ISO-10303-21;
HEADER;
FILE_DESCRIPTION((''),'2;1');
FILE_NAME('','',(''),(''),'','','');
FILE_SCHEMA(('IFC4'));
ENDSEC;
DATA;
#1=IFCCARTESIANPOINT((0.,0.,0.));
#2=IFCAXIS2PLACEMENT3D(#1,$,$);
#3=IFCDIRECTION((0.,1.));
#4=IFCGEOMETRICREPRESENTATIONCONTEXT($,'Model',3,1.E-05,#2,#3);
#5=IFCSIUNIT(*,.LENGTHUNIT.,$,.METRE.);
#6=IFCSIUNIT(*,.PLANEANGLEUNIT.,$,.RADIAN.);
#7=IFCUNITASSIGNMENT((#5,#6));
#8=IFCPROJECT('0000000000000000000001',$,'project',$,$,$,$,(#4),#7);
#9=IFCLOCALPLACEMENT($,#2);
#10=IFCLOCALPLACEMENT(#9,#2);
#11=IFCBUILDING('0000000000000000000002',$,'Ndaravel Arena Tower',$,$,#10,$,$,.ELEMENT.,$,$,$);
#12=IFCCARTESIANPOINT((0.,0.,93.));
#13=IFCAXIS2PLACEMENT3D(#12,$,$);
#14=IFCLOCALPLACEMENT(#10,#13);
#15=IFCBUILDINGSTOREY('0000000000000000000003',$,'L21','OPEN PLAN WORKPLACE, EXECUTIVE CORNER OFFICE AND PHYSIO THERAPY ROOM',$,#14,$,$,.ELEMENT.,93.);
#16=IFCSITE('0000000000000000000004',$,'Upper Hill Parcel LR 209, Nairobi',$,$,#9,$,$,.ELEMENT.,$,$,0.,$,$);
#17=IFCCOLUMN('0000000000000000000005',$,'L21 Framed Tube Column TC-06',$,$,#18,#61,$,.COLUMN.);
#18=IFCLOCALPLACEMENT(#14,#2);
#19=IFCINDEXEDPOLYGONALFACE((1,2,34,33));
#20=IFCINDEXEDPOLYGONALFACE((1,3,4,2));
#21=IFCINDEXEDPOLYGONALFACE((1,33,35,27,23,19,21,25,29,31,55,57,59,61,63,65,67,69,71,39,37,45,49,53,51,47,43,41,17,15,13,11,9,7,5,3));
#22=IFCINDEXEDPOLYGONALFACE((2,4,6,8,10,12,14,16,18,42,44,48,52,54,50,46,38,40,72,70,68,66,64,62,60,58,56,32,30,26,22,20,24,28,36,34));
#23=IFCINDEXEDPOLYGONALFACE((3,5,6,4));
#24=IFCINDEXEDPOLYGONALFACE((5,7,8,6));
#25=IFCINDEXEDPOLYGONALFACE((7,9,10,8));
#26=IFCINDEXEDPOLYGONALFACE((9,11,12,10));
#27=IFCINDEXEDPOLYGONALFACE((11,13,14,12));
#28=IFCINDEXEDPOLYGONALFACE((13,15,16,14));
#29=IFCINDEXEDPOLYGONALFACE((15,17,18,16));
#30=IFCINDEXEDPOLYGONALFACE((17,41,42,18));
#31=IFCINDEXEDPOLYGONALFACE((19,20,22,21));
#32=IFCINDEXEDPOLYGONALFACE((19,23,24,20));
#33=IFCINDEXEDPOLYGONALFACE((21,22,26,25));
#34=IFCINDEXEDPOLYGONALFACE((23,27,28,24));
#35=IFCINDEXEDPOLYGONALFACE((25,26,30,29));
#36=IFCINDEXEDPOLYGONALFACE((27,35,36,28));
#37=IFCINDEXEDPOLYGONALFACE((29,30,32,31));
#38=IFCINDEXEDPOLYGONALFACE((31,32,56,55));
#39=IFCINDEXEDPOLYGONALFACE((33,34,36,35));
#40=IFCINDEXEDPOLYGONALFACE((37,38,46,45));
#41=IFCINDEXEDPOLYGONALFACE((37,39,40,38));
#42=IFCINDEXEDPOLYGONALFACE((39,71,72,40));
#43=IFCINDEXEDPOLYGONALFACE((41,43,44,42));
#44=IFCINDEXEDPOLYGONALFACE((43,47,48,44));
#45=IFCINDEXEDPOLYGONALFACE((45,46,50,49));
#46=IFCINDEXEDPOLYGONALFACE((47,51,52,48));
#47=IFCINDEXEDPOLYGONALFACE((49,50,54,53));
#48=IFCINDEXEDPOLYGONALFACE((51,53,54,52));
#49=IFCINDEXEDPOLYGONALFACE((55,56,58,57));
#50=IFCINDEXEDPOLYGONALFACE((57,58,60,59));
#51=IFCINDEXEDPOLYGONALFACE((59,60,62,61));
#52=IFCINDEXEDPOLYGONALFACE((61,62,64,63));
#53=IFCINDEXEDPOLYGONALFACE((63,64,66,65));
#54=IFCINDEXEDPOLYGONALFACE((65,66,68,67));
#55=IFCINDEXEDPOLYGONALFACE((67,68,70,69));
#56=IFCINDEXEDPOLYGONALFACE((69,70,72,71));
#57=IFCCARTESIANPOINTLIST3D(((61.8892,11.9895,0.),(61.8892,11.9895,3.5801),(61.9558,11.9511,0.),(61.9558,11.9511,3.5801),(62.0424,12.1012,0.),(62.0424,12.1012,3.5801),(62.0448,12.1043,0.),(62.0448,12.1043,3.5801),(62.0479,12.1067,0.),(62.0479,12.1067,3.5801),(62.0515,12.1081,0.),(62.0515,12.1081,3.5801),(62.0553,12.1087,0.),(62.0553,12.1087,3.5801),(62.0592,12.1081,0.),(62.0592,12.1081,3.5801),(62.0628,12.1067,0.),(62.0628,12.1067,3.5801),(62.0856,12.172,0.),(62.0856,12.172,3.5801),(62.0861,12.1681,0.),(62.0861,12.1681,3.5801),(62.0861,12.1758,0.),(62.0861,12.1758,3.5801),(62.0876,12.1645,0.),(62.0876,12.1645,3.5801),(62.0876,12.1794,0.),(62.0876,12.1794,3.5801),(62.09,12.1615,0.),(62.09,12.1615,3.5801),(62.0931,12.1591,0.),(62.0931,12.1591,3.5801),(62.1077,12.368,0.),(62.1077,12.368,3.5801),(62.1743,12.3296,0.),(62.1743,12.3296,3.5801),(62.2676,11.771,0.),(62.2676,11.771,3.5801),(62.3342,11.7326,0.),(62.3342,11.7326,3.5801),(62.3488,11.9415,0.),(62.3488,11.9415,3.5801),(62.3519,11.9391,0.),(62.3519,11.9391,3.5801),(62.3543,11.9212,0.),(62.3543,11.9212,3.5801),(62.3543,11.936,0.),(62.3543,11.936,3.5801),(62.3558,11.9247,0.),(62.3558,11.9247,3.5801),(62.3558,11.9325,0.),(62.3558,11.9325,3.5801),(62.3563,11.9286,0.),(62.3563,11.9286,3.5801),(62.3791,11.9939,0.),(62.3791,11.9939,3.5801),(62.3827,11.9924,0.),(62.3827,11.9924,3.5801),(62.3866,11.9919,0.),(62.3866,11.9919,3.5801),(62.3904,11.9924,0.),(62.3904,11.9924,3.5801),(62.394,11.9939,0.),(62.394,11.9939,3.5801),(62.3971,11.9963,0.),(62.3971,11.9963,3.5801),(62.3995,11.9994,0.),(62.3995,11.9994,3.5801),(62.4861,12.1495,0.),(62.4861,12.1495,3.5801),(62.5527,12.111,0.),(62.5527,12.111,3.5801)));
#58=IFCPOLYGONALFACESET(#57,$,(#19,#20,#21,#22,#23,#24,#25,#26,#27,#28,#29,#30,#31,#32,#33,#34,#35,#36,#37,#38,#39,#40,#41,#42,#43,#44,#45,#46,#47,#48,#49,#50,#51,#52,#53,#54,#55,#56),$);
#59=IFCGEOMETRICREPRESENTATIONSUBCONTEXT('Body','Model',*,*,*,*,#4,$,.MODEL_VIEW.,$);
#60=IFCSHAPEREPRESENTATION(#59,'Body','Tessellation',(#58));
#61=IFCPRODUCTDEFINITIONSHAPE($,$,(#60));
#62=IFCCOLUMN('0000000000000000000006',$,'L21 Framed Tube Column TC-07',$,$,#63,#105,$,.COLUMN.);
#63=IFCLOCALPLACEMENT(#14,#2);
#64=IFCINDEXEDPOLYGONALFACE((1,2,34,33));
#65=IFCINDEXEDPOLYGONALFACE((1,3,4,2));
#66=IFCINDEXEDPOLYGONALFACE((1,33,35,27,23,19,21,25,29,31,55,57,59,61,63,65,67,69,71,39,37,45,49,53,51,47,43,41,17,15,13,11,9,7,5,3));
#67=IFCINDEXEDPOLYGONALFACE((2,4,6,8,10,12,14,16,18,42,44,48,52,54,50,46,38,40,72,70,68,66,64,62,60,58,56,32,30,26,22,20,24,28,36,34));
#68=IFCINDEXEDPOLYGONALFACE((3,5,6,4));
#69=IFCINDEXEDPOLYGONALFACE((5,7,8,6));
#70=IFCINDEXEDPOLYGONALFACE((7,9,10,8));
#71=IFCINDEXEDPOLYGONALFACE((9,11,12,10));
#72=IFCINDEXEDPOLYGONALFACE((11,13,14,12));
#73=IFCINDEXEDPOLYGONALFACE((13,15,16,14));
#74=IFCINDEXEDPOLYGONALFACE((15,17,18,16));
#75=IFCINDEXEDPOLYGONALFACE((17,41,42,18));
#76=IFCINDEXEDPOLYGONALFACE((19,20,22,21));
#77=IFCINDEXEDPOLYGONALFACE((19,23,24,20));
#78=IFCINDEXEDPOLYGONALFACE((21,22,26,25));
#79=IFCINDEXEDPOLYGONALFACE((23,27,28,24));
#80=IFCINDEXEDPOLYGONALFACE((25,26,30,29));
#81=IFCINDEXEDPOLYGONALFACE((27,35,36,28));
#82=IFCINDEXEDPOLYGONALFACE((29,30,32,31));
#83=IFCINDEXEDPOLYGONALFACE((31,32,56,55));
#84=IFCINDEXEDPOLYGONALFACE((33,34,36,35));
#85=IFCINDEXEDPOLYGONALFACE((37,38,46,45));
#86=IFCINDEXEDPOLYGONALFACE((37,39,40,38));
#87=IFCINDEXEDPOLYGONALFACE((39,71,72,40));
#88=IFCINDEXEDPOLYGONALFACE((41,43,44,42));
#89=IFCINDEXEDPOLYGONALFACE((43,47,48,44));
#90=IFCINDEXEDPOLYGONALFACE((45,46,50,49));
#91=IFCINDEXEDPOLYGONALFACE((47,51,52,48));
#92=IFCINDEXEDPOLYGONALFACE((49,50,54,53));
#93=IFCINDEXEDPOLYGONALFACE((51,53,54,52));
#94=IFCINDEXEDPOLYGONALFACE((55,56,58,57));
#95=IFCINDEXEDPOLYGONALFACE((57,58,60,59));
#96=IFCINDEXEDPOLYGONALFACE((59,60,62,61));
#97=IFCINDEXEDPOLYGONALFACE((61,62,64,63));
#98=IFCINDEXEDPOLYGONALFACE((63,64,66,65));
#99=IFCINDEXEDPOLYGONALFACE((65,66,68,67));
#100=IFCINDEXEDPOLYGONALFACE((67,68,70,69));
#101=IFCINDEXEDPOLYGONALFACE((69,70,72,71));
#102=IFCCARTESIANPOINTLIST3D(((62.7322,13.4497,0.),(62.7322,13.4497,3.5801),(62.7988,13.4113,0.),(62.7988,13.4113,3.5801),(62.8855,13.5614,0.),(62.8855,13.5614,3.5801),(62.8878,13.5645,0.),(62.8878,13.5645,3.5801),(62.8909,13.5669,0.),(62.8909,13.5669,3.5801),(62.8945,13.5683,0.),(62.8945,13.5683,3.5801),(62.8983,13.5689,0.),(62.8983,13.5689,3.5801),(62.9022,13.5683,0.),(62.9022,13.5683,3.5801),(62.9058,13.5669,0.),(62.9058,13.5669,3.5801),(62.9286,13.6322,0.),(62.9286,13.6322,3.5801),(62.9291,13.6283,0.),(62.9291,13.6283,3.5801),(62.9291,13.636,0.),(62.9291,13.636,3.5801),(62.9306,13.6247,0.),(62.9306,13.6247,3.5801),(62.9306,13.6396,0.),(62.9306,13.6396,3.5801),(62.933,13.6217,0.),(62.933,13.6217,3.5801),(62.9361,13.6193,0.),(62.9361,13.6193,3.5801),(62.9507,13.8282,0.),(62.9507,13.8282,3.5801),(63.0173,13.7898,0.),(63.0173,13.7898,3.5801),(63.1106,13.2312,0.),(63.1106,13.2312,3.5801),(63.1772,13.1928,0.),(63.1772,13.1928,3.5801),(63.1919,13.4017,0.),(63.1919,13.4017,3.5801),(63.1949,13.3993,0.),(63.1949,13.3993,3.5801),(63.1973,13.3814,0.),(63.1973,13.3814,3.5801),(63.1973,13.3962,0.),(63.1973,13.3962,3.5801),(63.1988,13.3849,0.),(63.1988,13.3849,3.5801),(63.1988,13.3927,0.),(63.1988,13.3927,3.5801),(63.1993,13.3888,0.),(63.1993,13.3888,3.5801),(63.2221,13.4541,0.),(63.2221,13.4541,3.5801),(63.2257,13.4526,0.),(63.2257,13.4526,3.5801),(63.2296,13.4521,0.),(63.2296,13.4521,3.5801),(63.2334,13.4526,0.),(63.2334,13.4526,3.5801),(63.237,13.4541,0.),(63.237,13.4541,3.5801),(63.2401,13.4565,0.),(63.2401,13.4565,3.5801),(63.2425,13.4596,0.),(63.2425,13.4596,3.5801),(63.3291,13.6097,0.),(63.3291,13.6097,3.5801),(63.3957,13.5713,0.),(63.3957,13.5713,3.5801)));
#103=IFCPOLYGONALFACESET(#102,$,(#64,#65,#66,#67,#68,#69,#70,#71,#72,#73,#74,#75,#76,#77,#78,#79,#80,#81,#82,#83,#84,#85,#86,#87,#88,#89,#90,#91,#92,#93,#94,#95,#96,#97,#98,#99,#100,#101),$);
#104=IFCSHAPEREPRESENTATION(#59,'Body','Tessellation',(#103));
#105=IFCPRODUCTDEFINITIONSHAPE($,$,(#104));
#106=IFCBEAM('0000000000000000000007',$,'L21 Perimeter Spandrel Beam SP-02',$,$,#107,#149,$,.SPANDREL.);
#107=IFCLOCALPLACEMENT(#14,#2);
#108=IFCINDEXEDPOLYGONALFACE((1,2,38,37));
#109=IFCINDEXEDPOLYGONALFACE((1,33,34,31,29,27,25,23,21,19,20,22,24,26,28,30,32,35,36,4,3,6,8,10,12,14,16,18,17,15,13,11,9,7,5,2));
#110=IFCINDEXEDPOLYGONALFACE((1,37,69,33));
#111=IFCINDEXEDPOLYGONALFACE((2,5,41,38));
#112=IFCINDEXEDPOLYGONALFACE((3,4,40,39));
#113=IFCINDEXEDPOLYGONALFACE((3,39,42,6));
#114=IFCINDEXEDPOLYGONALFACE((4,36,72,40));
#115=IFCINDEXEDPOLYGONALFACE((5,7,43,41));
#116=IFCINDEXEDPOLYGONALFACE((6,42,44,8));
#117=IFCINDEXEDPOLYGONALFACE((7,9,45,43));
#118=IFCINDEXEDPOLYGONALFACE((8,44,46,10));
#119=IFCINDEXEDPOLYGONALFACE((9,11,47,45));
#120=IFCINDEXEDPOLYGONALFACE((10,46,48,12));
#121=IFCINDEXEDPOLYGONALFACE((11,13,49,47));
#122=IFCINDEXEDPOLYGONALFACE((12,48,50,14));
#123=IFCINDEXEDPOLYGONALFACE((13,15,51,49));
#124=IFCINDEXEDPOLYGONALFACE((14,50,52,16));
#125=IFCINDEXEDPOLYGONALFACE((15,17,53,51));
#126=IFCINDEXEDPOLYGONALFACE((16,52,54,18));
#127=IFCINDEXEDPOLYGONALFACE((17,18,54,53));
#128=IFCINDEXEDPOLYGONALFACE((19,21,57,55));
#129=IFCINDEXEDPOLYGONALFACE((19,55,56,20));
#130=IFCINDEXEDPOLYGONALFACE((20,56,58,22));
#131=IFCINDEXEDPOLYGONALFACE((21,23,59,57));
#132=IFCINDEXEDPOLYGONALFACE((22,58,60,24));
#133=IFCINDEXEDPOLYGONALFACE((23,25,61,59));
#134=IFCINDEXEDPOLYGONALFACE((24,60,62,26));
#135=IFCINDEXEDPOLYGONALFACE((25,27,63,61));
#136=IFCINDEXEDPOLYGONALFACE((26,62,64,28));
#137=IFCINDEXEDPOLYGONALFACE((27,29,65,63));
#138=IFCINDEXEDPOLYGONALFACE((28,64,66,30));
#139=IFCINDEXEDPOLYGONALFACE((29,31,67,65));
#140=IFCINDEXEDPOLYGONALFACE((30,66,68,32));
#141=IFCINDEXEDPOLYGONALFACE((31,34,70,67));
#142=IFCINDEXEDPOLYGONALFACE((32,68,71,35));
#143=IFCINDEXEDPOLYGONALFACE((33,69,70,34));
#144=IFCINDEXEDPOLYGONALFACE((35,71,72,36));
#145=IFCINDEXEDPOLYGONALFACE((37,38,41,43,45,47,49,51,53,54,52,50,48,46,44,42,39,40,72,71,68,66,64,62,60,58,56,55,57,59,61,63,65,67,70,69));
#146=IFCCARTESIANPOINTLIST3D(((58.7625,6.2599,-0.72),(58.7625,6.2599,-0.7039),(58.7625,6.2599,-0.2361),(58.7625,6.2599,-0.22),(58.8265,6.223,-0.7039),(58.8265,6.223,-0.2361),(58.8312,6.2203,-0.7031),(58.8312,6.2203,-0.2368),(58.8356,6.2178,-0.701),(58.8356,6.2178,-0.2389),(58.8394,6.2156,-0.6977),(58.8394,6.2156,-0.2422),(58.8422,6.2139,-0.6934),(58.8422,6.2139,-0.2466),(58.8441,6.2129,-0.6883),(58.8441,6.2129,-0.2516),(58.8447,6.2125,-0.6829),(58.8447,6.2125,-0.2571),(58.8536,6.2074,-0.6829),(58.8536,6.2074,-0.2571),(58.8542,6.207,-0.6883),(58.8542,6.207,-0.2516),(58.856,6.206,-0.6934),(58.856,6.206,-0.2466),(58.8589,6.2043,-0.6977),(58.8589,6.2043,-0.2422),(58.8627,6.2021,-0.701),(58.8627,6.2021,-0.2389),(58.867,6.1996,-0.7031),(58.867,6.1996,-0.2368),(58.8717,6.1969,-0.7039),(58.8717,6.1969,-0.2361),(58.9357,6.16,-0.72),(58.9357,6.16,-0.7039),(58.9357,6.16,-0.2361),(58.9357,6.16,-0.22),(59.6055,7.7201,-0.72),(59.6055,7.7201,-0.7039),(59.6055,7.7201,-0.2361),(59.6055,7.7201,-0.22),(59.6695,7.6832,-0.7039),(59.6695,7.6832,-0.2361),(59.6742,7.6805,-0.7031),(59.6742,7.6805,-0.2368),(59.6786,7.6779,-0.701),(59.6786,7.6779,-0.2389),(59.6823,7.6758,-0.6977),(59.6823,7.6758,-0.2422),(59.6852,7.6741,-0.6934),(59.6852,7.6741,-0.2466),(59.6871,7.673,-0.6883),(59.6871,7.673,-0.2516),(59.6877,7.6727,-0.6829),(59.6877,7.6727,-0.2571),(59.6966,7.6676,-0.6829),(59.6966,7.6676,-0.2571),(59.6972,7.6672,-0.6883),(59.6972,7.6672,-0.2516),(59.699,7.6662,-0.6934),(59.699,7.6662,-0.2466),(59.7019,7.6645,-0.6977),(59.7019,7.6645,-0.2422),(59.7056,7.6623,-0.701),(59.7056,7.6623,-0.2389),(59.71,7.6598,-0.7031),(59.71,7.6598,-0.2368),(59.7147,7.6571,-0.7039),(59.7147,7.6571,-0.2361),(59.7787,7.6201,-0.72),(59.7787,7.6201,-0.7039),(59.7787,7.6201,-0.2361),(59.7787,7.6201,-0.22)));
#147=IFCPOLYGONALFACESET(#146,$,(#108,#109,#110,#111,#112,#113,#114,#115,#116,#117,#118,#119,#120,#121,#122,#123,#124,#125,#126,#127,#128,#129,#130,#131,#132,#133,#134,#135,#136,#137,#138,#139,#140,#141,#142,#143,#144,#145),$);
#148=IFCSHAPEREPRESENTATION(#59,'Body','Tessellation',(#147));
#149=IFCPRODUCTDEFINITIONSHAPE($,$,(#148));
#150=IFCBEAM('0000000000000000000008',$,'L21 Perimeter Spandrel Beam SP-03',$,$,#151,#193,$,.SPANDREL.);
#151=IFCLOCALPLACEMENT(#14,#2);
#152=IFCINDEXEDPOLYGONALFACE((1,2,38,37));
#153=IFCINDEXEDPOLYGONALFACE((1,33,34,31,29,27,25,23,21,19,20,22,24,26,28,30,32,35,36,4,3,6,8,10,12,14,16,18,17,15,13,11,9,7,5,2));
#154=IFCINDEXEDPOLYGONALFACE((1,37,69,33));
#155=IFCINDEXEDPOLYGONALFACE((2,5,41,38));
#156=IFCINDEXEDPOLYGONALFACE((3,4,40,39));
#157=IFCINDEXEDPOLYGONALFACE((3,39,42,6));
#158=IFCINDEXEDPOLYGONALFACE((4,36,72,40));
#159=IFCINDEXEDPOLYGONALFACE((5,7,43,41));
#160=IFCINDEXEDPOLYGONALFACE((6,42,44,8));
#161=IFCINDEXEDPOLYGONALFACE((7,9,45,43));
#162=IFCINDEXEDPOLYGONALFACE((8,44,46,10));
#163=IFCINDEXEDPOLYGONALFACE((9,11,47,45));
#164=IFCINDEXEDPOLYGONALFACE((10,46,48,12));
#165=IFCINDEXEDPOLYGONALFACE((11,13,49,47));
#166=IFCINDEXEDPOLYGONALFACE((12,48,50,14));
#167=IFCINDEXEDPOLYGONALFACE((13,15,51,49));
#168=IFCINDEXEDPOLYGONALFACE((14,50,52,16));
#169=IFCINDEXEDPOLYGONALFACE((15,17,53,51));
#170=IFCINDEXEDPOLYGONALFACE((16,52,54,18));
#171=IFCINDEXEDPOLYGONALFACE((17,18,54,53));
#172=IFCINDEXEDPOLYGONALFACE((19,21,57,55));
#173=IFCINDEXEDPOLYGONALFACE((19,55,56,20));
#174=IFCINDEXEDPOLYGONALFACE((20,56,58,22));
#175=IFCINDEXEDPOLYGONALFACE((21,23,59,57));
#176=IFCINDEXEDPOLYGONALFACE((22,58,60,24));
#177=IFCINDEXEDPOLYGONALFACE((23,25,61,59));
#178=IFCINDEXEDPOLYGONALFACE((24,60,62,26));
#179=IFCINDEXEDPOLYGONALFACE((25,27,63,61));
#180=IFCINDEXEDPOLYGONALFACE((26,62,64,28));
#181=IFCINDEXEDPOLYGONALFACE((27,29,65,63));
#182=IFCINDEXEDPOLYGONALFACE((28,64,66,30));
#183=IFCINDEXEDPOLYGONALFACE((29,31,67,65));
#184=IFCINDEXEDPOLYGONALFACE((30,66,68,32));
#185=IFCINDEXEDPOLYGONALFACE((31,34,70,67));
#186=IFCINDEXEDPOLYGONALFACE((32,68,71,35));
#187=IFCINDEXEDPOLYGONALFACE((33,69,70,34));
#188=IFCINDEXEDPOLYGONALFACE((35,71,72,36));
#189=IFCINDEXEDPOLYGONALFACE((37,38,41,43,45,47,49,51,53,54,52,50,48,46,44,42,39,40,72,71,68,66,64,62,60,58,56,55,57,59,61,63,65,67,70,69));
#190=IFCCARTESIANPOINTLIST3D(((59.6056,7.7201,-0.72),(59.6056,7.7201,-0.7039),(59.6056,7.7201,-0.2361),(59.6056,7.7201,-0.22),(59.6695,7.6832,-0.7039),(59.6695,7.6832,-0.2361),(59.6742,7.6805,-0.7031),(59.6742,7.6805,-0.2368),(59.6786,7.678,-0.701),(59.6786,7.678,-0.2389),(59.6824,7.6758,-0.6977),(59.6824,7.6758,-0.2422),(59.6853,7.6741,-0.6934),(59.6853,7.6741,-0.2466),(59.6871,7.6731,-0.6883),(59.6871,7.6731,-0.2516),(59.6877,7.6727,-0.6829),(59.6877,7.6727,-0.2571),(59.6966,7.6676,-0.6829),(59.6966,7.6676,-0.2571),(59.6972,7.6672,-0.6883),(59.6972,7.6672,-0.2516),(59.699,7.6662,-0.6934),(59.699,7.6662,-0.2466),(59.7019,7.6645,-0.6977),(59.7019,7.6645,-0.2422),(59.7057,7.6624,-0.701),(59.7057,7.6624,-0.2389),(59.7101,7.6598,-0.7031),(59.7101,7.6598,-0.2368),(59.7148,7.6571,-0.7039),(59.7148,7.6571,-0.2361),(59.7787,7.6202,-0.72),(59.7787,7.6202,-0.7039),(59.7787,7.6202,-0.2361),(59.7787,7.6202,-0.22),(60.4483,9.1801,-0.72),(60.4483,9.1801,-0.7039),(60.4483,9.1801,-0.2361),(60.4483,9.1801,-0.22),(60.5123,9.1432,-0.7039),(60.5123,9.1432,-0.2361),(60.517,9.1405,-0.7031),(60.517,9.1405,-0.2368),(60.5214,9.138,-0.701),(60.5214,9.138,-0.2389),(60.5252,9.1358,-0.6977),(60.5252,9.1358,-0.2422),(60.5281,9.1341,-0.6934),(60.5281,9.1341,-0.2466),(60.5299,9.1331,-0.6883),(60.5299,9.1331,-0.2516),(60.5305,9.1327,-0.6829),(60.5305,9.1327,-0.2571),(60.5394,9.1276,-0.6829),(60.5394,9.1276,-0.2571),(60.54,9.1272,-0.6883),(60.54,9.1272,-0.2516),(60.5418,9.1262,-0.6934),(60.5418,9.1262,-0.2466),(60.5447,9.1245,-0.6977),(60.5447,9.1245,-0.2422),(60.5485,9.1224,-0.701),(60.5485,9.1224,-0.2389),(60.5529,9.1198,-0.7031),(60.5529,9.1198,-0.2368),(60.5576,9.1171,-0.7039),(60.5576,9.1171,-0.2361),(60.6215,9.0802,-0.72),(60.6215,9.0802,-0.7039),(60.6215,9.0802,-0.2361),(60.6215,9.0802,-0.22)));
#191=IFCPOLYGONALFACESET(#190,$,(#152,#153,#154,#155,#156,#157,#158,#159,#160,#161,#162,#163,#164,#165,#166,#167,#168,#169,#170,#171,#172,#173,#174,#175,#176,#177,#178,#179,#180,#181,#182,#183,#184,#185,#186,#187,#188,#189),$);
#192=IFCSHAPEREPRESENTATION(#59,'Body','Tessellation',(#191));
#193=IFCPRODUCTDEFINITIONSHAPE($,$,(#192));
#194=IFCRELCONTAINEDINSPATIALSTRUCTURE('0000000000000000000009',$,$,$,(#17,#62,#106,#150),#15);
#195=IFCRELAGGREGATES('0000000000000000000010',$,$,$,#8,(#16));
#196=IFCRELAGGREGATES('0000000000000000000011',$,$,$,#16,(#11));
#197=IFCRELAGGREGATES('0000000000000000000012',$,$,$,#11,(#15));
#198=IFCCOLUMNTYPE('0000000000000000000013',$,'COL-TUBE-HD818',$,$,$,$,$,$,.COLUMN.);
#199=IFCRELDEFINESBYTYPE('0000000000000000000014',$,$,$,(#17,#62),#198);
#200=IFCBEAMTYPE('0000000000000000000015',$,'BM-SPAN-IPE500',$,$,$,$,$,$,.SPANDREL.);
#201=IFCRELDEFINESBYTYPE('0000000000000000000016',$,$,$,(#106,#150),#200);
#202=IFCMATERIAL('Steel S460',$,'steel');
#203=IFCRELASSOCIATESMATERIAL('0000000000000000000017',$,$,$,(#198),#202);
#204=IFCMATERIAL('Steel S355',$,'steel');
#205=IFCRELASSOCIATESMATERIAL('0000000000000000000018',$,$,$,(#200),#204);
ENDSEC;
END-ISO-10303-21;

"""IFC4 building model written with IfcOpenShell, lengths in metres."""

from ifc_helpers import new_model, si_unit, direction, frame, origin, origin_2d, place, context, subcontext, project, spatial, i_section, extrude, material, material_profile, profile_set, type_object, element, save


model = new_model("IFC4")

# Units and contexts
model_context = context("Model", 3, precision=1e-05, world=origin(), true_north=direction((0.0, 1.0)))
body_context = subcontext(model_context, "Body", "Model", "MODEL_VIEW")
ifc_project = project(units=[si_unit("LENGTHUNIT", "METRE"), si_unit("PLANEANGLEUNIT", "RADIAN")], contexts=[model_context])

# Site, building, storey
site_placement = place(None, origin())
site = spatial("IfcSite", under=ifc_project, at=site_placement, Name="Upper Hill Parcel LR 209, Nairobi", CompositionType="ELEMENT", RefElevation=0.0)
building_placement = place(site_placement, origin())
building = spatial("IfcBuilding", under=site, at=building_placement, Name="Ndaravel Arena Tower", CompositionType="ELEMENT")
storey_placement = place(building_placement, frame((0.0, 0.0, 93.0)))
storey = spatial("IfcBuildingStorey", under=building, at=storey_placement, Name="L21", Description="OPEN PLAN WORKPLACE, EXECUTIVE CORNER OFFICE AND PHYSIO THERAPY ROOM", CompositionType="ELEMENT", Elevation=93.0)

# Columns
ifc_material_1 = material(Name="Steel S460", Category="steel")
ifc_material_profile_1 = material_profile(ifc_material_1, i_section(OverallWidth=0.437, OverallDepth=0.5139, WebThickness=0.0605, FlangeThickness=0.0769, FilletRadius=0.0149, at=origin_2d()), Name="HD 400x818")
ifc_profile_set_1 = profile_set([ifc_material_profile_1], Name="Steel S460")
column_type = type_object("IfcColumnType", Name="COL-TUBE-HD818", PredefinedType="COLUMN", material=ifc_profile_set_1)
for number, where, z_axis, x_axis, name in (
    (1, (62.2209, 12.0503, 0.0), (0.0, 0.0, 1.0), (0.5, 0.866025, 0.0), "L21 Framed Tube Column TC-06"),
    (2, (63.064, 13.5105, 0.0), (0.0, 0.0, 1.0), (0.5, 0.866025, 0.0), "L21 Framed Tube Column TC-07"),
):
    element("IfcColumn", number, at=place(storey_placement, frame(where, z_axis=z_axis, x_axis=x_axis)), inside=storey, type_object=column_type, Name=name, PredefinedType="COLUMN", context=body_context, shape_type="SweptSolid", body=[
        extrude(i_section(OverallWidth=0.437, OverallDepth=0.5139, WebThickness=0.0605, FlangeThickness=0.0769, FilletRadius=0.0149, at=origin_2d()), origin(), (0.0, 0.0, 1.0), 3.5801),
    ])

# Beams
ifc_material_2 = material(Name="Steel S355", Category="steel")
ifc_material_profile_2 = material_profile(ifc_material_2, i_section(OverallWidth=0.2, OverallDepth=0.5, WebThickness=0.0103, FlangeThickness=0.0161, FilletRadius=0.021, at=origin_2d()), Name="IPE 500")
ifc_profile_set_2 = profile_set([ifc_material_profile_2], Name="Steel S355")
beam_type = type_object("IfcBeamType", Name="BM-SPAN-IPE500", PredefinedType="SPANDREL", material=ifc_profile_set_2)
beam_1_placement = place(storey_placement, frame((58.8491, 6.21, -0.47), z_axis=(0.499986, 0.866034, 0.0), x_axis=(-0.866034, 0.499986, 0.0)))
element("IfcBeam", 3, at=beam_1_placement, inside=storey, type_object=beam_type, Name="L21 Perimeter Spandrel Beam SP-02", PredefinedType="SPANDREL", context=body_context, shape_type="SweptSolid", body=[
    extrude(i_section(OverallWidth=0.2, OverallDepth=0.5, WebThickness=0.0103, FlangeThickness=0.0161, FilletRadius=0.021, at=origin_2d()), origin(), (0.0, 0.0, 1.0), 1.686),
])
beam_2_placement = place(storey_placement, frame((59.6921, 7.6702, -0.47), z_axis=(0.49994, 0.86606, 0.0), x_axis=(-0.86606, 0.49994, 0.0)))
element("IfcBeam", 4, at=beam_2_placement, inside=storey, type_object=beam_type, Name="L21 Perimeter Spandrel Beam SP-03", PredefinedType="SPANDREL", context=body_context, shape_type="SweptSolid", body=[
    extrude(i_section(OverallWidth=0.2, OverallDepth=0.5, WebThickness=0.0103, FlangeThickness=0.0161, FilletRadius=0.021, at=origin_2d()), origin(), (0.0, 0.0, 1.0), 1.6858),
])

save(model, "model.ifc")
